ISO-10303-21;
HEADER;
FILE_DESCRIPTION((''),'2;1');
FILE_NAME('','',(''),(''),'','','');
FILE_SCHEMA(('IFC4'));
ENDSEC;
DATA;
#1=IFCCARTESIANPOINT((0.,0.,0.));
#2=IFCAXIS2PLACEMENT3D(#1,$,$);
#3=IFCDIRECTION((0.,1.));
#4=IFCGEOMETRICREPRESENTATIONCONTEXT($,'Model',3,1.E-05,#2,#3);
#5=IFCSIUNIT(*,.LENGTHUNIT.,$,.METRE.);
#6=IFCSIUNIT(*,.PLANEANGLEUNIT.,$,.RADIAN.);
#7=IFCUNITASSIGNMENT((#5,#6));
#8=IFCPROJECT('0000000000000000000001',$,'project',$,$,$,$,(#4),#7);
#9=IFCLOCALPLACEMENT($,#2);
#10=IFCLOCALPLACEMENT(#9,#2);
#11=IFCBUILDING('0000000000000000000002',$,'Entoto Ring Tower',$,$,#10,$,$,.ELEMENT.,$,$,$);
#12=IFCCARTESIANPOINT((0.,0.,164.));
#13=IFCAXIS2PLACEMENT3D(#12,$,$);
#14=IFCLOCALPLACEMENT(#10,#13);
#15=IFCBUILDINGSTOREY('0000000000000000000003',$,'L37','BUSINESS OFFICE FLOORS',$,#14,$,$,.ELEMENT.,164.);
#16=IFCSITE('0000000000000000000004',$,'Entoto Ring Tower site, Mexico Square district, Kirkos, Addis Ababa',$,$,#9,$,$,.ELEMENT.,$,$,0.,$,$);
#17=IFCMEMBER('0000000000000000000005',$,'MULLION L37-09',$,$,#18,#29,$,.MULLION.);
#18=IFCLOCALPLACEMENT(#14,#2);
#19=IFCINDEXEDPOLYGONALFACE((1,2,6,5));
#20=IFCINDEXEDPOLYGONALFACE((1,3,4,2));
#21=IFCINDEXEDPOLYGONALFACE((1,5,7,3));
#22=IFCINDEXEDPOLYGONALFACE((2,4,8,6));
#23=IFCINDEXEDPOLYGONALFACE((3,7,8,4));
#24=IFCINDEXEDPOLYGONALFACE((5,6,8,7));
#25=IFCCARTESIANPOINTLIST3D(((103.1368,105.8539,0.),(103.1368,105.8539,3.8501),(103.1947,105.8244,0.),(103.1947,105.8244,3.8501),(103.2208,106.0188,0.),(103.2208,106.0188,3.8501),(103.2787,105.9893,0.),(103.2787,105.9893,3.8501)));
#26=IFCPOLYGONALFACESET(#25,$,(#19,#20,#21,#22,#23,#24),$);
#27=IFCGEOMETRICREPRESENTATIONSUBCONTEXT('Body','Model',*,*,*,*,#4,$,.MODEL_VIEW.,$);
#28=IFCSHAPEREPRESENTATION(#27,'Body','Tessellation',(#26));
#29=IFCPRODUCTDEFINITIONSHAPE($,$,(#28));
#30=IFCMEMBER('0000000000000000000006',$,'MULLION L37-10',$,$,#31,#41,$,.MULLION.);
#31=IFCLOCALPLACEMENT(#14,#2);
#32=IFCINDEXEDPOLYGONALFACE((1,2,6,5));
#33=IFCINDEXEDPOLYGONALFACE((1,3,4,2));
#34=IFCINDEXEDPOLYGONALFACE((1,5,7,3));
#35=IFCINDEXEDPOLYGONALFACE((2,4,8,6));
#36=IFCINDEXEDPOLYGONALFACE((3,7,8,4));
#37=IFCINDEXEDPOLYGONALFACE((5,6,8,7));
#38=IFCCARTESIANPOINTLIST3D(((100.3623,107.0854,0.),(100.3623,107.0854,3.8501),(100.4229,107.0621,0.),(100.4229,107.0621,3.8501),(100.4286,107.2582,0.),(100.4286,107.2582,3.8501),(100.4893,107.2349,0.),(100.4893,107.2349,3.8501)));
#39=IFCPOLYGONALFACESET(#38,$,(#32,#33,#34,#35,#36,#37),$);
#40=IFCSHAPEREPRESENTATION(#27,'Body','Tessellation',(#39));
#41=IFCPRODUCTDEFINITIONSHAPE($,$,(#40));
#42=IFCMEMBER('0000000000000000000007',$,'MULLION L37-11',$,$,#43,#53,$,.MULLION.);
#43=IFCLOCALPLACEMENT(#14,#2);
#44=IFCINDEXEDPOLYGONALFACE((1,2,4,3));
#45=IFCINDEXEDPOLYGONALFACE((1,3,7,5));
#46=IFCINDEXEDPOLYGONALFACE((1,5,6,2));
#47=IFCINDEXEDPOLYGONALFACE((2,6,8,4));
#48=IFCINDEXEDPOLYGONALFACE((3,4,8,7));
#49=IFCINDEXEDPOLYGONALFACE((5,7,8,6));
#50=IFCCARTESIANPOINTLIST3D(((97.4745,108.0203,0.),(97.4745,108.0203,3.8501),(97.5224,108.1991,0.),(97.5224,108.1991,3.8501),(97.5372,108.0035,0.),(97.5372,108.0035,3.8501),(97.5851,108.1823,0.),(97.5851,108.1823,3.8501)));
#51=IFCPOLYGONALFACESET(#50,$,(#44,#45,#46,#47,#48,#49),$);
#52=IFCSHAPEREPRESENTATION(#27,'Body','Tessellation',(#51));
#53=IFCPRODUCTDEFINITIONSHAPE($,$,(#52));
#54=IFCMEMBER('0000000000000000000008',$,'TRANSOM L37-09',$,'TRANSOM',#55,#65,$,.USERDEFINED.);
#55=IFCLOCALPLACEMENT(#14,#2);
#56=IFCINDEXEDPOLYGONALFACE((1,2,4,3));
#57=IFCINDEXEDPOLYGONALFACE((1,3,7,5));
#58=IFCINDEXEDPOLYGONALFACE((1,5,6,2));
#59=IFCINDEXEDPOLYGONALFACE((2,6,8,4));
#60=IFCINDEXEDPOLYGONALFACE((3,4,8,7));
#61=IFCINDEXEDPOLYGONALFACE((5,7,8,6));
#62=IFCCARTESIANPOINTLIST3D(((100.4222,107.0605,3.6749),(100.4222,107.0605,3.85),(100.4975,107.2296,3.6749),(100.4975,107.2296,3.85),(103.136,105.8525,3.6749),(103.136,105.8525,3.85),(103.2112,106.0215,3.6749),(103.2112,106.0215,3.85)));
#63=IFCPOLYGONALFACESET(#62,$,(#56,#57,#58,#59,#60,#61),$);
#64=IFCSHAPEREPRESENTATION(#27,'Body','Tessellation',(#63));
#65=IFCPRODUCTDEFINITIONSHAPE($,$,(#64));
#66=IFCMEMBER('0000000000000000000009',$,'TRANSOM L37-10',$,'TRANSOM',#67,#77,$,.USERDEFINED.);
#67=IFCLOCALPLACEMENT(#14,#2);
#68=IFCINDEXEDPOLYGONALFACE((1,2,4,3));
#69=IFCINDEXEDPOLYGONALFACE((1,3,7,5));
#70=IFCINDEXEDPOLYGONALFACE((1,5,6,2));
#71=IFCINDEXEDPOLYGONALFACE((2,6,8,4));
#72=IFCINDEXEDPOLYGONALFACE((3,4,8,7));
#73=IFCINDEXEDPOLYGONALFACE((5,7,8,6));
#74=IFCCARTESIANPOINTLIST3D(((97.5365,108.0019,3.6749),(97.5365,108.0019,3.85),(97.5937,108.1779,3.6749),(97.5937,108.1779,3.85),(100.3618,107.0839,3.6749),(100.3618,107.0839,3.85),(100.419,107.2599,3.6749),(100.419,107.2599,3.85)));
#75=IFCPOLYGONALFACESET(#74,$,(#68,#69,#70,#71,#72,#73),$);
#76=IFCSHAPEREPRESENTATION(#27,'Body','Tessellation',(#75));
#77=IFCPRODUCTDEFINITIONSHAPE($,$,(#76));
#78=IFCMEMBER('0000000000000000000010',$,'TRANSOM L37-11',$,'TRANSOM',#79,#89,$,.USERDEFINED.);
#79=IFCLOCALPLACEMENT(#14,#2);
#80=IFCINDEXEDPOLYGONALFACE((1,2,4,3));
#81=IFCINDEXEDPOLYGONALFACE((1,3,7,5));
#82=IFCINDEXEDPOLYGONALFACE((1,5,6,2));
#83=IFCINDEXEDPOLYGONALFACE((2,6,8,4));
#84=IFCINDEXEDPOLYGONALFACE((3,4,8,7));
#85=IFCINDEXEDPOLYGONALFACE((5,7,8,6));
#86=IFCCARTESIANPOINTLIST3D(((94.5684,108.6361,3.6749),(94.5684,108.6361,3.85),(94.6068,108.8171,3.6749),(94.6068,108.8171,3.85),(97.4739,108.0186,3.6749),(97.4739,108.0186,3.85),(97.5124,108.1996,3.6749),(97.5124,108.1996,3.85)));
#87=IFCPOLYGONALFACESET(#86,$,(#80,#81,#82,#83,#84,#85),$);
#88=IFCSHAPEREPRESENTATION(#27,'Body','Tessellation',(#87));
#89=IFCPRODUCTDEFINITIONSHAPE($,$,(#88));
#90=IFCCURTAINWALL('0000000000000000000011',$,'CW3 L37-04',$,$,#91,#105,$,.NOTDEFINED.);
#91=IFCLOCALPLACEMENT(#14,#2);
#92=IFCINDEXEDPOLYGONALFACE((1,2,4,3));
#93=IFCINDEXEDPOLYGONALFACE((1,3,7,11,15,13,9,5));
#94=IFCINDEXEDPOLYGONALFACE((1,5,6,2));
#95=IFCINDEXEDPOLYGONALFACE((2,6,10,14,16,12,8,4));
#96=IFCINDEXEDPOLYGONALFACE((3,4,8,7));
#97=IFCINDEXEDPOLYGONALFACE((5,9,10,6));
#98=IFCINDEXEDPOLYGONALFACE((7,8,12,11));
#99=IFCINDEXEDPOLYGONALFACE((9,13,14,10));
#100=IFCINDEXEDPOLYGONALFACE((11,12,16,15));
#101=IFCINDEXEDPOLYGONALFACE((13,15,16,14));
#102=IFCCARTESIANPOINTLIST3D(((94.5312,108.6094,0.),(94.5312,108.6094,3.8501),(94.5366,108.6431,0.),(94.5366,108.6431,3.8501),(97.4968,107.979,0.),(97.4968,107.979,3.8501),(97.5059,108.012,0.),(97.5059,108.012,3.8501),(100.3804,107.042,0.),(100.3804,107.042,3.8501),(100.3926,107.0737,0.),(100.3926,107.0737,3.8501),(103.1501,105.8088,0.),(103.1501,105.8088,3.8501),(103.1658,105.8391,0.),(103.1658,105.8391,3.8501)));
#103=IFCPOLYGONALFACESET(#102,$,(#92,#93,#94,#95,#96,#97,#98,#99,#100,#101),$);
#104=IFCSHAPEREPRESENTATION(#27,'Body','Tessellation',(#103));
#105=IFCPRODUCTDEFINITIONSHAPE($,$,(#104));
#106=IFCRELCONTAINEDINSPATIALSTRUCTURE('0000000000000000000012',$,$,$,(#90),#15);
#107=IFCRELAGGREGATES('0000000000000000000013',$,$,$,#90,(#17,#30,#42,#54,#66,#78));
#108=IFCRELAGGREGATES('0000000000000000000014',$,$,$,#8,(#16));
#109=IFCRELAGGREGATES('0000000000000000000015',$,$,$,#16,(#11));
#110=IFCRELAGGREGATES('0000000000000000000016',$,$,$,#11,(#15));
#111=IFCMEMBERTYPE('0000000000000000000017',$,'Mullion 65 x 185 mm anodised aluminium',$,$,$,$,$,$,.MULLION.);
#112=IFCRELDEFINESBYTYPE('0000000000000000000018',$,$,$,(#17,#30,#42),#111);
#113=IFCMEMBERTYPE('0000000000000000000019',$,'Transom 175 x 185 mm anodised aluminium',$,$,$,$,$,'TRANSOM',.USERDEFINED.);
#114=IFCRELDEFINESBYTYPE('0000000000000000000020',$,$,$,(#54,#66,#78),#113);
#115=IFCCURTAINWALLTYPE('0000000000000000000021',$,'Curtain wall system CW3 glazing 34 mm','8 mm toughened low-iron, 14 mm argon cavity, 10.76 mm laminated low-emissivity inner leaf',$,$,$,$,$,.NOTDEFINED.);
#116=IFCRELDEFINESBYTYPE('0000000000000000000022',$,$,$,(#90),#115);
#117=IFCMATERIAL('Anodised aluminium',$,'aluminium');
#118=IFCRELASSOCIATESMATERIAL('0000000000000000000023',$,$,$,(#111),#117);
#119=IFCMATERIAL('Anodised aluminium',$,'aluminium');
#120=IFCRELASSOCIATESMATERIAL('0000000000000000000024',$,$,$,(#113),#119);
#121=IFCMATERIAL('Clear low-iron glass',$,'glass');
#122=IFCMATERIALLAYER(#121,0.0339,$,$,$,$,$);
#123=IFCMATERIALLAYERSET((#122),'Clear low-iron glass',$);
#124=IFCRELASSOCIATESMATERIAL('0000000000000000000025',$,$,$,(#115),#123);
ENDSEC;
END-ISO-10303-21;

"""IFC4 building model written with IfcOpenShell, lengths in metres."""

from ifc_helpers import new_model, si_unit, direction, frame, origin, origin_2d, place, context, subcontext, project, spatial, polyline, rectangle, outline, extrude, material, layer, layer_set, material_profile, profile_set, type_object, element, aggregate, save


model = new_model("IFC4")

# Units and contexts
model_context = context("Model", 3, precision=1e-05, world=origin(), true_north=direction((0.0, 1.0)))
body_context = subcontext(model_context, "Body", "Model", "MODEL_VIEW")
ifc_project = project(units=[si_unit("LENGTHUNIT", "METRE"), si_unit("PLANEANGLEUNIT", "RADIAN")], contexts=[model_context])

# Members
ifc_material_1 = material(Name="Anodised aluminium", Category="aluminium")
ifc_material_profile_1 = material_profile(ifc_material_1, rectangle(XDim=0.0649, YDim=0.1851, at=origin_2d()), Name="Mullion 65 x 185 mm anodised aluminium")
ifc_profile_set_1 = profile_set([ifc_material_profile_1], Name="Anodised aluminium")
member_type_1 = type_object("IfcMemberType", Name="Mullion 65 x 185 mm anodised aluminium", PredefinedType="MULLION", material=ifc_profile_set_1)
site_placement = place(None, origin())
building_placement = place(site_placement, origin())
storey_placement = place(building_placement, frame((0.0, 0.0, 164.0)))
member_1_placement = place(storey_placement, frame((103.2078, 105.9216, 0.0), z_axis=(0.0, 0.0, 1.0), x_axis=(-0.891007, 0.45399, 0.0)))
member_1 = element("IfcMember", 1, at=member_1_placement, type_object=member_type_1, Name="MULLION L37-09", PredefinedType="MULLION", context=body_context, shape_type="SweptSolid", body=[
    extrude(rectangle(XDim=0.0649, YDim=0.1851, at=origin_2d()), origin(), (0.0, 0.0, 1.0), 3.8501),
])
member_2_placement = place(storey_placement, frame((100.4258, 107.1602, 0.0), z_axis=(0.0, 0.0, 1.0), x_axis=(-0.93358, 0.358368, 0.0)))
member_2 = element("IfcMember", 2, at=member_2_placement, type_object=member_type_1, Name="MULLION L37-10", PredefinedType="MULLION", context=body_context, shape_type="SweptSolid", body=[
    extrude(rectangle(XDim=0.0649, YDim=0.1851, at=origin_2d()), origin(), (0.0, 0.0, 1.0), 3.8501),
])
member_3_placement = place(storey_placement, frame((97.5298, 108.1013, 0.0), z_axis=(0.0, 0.0, 1.0), x_axis=(-0.965926, 0.258819, 0.0)))
member_3 = element("IfcMember", 3, at=member_3_placement, type_object=member_type_1, Name="MULLION L37-11", PredefinedType="MULLION", context=body_context, shape_type="SweptSolid", body=[
    extrude(rectangle(XDim=0.0649, YDim=0.1851, at=origin_2d()), origin(), (0.0, 0.0, 1.0), 3.8501),
])
ifc_material_2 = material(Name="Anodised aluminium", Category="aluminium")
ifc_material_profile_2 = material_profile(ifc_material_2, rectangle(XDim=0.1851, YDim=0.175, at=origin_2d()), Name="Transom 175 x 185 mm anodised aluminium")
ifc_profile_set_2 = profile_set([ifc_material_profile_2], Name="Anodised aluminium")
member_type_2 = type_object("IfcMemberType", Name="Transom 175 x 185 mm anodised aluminium", ElementType="TRANSOM", PredefinedType="USERDEFINED", material=ifc_profile_set_2)
member_4_placement = place(storey_placement, frame((103.1736, 105.937, 3.7625), z_axis=(-0.913567, 0.406687, 0.0), x_axis=(-0.406687, -0.913567, 0.0)))
member_4 = element("IfcMember", 4, at=member_4_placement, type_object=member_type_2, Name="TRANSOM L37-09", ObjectType="TRANSOM", PredefinedType="USERDEFINED", context=body_context, shape_type="SweptSolid", body=[
    extrude(rectangle(XDim=0.1851, YDim=0.175, at=origin_2d()), origin(), (0.0, 0.0, 1.0), 2.9705),
])
member_5_placement = place(storey_placement, frame((100.3904, 107.1719, 3.7625), z_axis=(-0.951056, 0.309019, 0.0), x_axis=(-0.309019, -0.951056, 0.0)))
member_5 = element("IfcMember", 5, at=member_5_placement, type_object=member_type_2, Name="TRANSOM L37-10", ObjectType="TRANSOM", PredefinedType="USERDEFINED", context=body_context, shape_type="SweptSolid", body=[
    extrude(rectangle(XDim=0.1851, YDim=0.175, at=origin_2d()), origin(), (0.0, 0.0, 1.0), 2.9707),
])
member_6_placement = place(storey_placement, frame((97.4932, 108.1091, 3.7625), z_axis=(-0.978158, 0.207862, 0.0), x_axis=(-0.207862, -0.978158, 0.0)))
member_6 = element("IfcMember", 6, at=member_6_placement, type_object=member_type_2, Name="TRANSOM L37-11", ObjectType="TRANSOM", PredefinedType="USERDEFINED", context=body_context, shape_type="SweptSolid", body=[
    extrude(rectangle(XDim=0.1851, YDim=0.175, at=origin_2d()), origin(), (0.0, 0.0, 1.0), 2.9705),
])

# Site, building, storey
site = spatial("IfcSite", under=ifc_project, at=site_placement, Name="Entoto Ring Tower site, Mexico Square district, Kirkos, Addis Ababa", CompositionType="ELEMENT", RefElevation=0.0)
building = spatial("IfcBuilding", under=site, at=building_placement, Name="Entoto Ring Tower", CompositionType="ELEMENT")
storey = spatial("IfcBuildingStorey", under=building, at=storey_placement, Name="L37", Description="BUSINESS OFFICE FLOORS", CompositionType="ELEMENT", Elevation=164.0)

# Curtain wall
ifc_material_3 = material(Name="Clear low-iron glass", Category="glass")
ifc_layer = layer(ifc_material_3, 0.0339)
ifc_layer_set = layer_set([ifc_layer], Name="Clear low-iron glass")
curtain_wall_type = type_object("IfcCurtainWallType", Name="Curtain wall system CW3 glazing 34 mm", Description="8 mm toughened low-iron, 14 mm argon cavity, 10.76 mm laminated low-emissivity inner leaf", PredefinedType="NOTDEFINED", material=ifc_layer_set)
curtain_wall_1_placement = place(storey_placement, origin())
curtain_wall_1 = element("IfcCurtainWall", 7, at=curtain_wall_1_placement, inside=storey, type_object=curtain_wall_type, Name="CW3 L37-04", PredefinedType="NOTDEFINED", context=body_context, shape_type="SweptSolid", body=[
    extrude(outline(polyline([(103.1658, 105.8391), (100.3926, 107.0737), (97.5059, 108.012), (94.5366, 108.6431), (94.5312, 108.6094), (97.4968, 107.979), (100.3804, 107.042), (103.1501, 105.8088), (103.1658, 105.8391)])), origin(), (0.0, 0.0, 1.0), 3.8501),
])
aggregate(curtain_wall_1, [member_1, member_2, member_3, member_4, member_5, member_6])

save(model, "model.ifc")
